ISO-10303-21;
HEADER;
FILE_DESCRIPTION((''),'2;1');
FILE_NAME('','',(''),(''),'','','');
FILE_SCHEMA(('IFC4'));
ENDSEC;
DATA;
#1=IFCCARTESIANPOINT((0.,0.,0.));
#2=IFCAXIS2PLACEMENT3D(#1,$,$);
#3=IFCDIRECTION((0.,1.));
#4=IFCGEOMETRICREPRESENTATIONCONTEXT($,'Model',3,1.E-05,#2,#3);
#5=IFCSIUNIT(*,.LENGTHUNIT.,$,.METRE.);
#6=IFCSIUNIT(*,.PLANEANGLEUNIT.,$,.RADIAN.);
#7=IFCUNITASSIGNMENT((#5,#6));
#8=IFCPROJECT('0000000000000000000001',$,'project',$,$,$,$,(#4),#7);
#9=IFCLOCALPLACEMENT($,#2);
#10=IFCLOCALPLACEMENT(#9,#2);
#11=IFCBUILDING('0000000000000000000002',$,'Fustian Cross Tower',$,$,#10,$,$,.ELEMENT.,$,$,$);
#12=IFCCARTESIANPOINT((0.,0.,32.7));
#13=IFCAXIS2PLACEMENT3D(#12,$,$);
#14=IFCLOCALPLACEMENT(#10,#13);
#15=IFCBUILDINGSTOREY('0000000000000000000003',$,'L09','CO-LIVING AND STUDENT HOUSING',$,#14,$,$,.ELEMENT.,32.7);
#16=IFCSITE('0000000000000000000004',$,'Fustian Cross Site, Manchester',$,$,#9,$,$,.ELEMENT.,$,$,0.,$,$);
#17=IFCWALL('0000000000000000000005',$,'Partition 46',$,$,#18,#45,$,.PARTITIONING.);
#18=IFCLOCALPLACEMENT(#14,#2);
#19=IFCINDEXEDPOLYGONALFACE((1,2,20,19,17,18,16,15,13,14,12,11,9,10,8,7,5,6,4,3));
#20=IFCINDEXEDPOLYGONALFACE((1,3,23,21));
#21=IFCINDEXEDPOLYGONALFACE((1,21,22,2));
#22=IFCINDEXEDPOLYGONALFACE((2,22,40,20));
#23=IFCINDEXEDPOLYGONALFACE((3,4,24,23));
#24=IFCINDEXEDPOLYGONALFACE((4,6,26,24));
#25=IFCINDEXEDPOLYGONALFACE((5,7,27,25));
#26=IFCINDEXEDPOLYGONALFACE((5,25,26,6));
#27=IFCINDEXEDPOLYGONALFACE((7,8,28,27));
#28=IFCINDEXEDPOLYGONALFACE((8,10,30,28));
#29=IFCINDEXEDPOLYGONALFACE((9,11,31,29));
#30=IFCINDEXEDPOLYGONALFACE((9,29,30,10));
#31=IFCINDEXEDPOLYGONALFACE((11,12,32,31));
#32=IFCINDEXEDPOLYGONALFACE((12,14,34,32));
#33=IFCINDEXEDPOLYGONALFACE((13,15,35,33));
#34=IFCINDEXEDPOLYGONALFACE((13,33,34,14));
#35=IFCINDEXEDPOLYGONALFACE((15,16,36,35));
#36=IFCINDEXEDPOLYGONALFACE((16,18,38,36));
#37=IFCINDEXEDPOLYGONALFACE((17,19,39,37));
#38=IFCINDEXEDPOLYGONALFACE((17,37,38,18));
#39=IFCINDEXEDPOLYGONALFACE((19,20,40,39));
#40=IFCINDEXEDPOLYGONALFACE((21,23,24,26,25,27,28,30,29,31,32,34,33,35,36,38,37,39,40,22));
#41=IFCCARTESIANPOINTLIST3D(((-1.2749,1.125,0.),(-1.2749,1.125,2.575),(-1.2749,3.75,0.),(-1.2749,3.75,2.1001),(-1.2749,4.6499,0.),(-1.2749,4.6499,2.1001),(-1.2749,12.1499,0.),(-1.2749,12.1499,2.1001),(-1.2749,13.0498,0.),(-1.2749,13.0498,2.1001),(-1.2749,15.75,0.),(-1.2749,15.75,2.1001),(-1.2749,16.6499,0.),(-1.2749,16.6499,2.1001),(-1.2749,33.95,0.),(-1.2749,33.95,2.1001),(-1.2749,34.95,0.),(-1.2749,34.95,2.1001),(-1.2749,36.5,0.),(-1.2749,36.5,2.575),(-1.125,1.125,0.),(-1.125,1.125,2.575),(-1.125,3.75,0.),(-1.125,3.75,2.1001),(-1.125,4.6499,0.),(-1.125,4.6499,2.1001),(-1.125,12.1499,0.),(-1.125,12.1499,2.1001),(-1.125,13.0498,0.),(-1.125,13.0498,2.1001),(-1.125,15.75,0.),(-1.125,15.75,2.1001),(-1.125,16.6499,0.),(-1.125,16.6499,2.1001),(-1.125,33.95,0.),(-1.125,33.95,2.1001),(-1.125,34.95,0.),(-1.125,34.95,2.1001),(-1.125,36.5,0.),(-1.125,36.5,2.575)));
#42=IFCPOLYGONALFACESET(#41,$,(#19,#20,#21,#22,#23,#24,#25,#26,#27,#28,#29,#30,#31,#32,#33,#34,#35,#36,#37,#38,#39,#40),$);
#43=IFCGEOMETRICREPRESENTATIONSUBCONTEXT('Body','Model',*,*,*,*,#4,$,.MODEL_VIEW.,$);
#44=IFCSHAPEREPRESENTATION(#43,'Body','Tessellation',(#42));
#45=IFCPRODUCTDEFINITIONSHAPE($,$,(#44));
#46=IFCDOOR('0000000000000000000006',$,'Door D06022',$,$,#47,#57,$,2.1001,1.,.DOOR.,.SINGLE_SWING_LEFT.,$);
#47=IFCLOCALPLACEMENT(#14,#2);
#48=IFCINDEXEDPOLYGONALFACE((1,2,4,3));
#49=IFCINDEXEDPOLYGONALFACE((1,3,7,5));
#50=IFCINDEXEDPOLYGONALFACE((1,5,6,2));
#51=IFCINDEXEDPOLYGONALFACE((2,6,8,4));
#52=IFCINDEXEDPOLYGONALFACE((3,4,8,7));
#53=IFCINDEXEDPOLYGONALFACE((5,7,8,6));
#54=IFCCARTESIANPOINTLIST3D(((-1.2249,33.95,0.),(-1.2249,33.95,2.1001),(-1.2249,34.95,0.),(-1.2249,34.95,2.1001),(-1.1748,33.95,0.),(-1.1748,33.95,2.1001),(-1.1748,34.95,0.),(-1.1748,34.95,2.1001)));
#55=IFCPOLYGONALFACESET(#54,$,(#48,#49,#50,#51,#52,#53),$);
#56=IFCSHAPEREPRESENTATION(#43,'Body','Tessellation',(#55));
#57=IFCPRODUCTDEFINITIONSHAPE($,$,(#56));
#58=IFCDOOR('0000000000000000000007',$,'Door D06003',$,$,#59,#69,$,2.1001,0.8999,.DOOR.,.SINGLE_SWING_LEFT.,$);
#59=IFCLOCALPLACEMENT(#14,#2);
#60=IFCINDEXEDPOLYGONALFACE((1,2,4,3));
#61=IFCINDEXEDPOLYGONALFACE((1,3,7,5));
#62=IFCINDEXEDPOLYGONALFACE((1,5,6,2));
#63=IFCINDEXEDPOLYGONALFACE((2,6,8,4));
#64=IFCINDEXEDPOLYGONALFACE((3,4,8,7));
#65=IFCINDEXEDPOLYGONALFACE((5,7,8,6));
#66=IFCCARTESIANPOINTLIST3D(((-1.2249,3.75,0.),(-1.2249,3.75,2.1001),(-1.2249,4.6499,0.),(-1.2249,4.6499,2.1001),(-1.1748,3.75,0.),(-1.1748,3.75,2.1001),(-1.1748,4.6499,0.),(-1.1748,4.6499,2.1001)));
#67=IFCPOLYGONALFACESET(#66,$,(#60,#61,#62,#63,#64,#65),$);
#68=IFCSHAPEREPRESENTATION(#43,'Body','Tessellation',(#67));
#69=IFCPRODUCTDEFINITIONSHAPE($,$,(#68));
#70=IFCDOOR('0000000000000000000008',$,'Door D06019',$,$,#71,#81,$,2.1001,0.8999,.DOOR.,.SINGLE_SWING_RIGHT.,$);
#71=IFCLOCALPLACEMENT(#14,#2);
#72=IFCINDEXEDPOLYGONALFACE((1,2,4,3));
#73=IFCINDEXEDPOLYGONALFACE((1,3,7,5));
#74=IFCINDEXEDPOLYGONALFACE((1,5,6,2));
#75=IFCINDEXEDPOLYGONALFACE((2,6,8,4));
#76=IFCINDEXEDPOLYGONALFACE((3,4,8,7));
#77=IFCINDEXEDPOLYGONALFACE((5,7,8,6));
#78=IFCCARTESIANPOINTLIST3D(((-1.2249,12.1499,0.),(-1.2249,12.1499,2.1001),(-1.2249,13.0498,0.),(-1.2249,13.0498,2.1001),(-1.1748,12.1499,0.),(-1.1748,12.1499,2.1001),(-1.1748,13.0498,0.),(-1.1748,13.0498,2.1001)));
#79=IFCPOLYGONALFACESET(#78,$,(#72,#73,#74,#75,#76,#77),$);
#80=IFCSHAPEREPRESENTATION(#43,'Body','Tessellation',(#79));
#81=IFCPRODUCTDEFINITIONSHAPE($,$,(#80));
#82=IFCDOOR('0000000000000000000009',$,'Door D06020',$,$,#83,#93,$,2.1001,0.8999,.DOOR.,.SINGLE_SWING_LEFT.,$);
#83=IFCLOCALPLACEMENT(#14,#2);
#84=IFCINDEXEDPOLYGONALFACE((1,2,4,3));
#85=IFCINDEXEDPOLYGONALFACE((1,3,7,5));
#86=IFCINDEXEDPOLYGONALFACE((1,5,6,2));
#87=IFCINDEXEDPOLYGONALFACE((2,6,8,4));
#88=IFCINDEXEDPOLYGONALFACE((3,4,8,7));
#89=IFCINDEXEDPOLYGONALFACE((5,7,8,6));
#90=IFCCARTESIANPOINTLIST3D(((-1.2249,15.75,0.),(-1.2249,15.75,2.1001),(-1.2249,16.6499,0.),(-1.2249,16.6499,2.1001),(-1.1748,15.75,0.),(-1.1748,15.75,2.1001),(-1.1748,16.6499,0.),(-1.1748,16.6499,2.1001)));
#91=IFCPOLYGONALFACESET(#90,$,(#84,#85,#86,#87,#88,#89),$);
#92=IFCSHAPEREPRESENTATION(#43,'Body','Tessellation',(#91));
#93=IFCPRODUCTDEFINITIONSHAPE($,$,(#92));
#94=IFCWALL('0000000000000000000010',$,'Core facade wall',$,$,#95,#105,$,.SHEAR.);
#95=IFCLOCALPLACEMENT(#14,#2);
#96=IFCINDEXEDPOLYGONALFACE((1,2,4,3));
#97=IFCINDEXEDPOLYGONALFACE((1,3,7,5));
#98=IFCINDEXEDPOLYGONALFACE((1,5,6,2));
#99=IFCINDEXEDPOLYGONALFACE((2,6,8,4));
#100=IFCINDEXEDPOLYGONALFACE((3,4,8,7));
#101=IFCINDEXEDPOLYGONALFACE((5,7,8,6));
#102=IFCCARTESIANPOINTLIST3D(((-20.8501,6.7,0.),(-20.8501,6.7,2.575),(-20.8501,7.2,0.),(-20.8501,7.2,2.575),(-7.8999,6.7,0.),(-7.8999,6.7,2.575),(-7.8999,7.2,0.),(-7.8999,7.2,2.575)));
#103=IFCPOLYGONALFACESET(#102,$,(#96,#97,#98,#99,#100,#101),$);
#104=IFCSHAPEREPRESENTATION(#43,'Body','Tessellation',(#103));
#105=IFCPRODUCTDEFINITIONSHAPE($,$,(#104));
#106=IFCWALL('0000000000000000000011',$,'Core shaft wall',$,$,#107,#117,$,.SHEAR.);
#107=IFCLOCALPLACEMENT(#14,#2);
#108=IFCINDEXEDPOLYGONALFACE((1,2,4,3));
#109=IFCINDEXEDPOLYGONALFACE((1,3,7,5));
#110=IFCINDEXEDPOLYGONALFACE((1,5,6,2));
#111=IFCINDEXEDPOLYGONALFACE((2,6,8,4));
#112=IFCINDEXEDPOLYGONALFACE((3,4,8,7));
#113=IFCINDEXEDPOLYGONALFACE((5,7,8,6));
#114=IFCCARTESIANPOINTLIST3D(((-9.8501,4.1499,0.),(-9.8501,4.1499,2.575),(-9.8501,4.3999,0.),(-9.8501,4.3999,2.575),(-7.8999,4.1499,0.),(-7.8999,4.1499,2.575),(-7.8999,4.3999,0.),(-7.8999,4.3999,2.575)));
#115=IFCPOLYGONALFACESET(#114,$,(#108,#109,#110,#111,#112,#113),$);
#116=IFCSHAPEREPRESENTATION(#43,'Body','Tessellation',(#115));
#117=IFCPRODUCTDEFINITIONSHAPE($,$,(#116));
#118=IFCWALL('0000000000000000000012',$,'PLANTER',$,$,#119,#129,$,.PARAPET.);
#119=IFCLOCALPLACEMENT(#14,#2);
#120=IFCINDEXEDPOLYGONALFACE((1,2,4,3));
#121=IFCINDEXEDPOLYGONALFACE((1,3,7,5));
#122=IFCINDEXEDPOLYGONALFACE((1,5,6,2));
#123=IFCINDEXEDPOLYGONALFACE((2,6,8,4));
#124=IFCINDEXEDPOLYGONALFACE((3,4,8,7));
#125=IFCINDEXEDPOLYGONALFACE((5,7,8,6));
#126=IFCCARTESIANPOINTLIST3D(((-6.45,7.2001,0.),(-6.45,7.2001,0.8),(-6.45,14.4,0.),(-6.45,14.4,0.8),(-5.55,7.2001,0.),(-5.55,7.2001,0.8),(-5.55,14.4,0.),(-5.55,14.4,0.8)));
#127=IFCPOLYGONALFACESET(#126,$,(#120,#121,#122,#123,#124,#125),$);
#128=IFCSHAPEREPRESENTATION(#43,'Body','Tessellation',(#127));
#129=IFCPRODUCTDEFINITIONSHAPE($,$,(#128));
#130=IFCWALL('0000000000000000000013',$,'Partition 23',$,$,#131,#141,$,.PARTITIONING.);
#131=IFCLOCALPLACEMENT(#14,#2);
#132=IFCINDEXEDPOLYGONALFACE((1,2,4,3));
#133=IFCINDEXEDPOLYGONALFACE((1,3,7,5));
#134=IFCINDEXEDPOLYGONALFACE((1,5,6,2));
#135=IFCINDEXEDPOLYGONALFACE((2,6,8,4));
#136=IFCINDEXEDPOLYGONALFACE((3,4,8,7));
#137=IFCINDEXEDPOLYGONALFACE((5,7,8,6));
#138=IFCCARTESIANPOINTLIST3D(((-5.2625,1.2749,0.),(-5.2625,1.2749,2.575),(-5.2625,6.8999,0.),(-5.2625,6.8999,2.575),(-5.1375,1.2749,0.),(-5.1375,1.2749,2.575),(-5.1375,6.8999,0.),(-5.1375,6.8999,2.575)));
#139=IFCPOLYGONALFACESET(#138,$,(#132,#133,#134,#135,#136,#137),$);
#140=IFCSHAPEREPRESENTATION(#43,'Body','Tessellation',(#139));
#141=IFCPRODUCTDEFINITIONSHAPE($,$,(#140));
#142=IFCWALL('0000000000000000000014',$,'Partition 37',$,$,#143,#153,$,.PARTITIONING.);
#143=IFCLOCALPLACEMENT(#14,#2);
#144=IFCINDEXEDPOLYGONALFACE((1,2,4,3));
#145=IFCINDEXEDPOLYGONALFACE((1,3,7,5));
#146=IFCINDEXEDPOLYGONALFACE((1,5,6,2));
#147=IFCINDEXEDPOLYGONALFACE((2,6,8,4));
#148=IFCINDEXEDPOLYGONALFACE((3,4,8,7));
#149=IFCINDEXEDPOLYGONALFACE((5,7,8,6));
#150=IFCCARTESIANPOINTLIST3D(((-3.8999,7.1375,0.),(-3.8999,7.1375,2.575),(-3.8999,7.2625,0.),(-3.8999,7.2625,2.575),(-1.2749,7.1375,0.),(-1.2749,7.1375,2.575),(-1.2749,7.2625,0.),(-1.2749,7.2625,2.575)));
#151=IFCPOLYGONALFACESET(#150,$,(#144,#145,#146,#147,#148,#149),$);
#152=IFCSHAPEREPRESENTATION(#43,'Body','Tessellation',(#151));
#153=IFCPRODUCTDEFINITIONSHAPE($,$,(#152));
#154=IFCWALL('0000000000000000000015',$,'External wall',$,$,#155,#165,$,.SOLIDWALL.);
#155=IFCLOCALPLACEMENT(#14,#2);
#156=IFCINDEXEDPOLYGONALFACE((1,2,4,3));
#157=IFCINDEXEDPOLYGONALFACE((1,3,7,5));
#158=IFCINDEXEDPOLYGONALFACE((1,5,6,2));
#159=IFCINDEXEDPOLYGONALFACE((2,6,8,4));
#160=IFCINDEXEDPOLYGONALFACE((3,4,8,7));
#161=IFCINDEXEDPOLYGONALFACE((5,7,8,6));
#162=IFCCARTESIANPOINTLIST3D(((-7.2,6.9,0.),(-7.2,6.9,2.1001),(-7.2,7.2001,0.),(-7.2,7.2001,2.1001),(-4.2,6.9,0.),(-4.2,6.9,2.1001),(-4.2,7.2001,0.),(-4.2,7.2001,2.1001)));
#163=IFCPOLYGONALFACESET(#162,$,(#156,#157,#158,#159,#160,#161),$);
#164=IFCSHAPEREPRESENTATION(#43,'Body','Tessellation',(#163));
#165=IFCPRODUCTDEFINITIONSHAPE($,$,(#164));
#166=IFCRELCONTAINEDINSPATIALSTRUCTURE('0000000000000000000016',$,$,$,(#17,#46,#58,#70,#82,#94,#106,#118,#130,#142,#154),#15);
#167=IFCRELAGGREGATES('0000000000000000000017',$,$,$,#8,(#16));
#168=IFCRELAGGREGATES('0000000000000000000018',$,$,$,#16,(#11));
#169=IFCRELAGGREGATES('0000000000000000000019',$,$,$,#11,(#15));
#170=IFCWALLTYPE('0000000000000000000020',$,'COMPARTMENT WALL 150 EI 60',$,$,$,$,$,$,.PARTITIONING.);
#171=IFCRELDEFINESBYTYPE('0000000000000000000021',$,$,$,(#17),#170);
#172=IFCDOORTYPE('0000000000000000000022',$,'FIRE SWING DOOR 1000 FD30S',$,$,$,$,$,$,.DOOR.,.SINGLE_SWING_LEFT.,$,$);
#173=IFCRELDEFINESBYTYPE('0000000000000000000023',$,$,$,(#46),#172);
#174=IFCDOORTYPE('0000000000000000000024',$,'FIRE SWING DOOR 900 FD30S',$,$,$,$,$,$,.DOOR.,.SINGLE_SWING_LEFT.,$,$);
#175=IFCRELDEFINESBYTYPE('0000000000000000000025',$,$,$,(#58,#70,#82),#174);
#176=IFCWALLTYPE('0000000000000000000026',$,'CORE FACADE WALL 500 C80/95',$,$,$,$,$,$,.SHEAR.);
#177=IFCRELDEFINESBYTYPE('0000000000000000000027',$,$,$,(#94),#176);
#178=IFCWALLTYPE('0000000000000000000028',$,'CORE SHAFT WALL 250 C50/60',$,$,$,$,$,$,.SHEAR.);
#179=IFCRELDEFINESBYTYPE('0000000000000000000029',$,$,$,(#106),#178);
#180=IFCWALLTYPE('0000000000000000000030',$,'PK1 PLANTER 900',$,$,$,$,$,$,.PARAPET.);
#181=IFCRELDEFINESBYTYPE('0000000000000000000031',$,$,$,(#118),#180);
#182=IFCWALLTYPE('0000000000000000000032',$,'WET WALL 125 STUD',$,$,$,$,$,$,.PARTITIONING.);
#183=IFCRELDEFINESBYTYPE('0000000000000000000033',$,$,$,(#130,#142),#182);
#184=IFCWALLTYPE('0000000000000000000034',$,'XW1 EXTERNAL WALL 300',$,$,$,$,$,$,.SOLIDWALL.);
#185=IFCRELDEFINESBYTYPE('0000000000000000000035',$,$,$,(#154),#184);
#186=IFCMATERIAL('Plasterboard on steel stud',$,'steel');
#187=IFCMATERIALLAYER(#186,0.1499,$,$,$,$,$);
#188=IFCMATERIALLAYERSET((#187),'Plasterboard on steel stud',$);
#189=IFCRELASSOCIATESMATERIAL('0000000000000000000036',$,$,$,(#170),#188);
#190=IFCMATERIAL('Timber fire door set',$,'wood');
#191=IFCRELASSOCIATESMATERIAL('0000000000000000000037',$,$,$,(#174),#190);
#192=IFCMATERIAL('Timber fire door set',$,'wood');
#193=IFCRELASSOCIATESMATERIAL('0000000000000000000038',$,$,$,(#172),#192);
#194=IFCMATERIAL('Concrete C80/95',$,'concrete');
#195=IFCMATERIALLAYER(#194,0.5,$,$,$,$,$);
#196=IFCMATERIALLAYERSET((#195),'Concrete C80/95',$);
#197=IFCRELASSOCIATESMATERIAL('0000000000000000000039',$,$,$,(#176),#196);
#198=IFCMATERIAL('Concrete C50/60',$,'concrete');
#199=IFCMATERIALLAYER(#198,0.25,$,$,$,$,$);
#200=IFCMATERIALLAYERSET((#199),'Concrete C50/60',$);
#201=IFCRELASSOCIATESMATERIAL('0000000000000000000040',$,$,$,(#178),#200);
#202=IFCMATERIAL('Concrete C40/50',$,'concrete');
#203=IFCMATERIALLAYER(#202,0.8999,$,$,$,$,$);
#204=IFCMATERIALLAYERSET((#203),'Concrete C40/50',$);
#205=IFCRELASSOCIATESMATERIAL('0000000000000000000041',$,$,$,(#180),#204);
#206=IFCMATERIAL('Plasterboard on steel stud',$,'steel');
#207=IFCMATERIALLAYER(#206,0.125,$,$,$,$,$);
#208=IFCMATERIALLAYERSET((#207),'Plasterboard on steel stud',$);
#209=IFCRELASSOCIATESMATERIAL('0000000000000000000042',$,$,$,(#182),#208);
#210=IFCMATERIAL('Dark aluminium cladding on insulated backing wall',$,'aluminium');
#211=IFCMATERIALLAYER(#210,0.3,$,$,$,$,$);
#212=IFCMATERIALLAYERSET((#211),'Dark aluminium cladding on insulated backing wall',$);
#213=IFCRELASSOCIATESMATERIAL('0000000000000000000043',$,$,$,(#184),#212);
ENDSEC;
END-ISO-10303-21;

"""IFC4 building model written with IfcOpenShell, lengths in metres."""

from ifc_helpers import new_model, si_unit, direction, frame, frame_2d, origin, place, context, subcontext, project, spatial, rectangle, extrude, material, layer, layer_set, type_object, element, fill, save


model = new_model("IFC4")

# Units and contexts
model_context = context("Model", 3, precision=1e-05, world=origin(), true_north=direction((0.0, 1.0)))
body_context = subcontext(model_context, "Body", "Model", "MODEL_VIEW")
ifc_project = project(units=[si_unit("LENGTHUNIT", "METRE"), si_unit("PLANEANGLEUNIT", "RADIAN")], contexts=[model_context])

# Site, building, storey
site_placement = place(None, origin())
site = spatial("IfcSite", under=ifc_project, at=site_placement, Name="Fustian Cross Site, Manchester", CompositionType="ELEMENT", RefElevation=0.0)
building_placement = place(site_placement, origin())
building = spatial("IfcBuilding", under=site, at=building_placement, Name="Fustian Cross Tower", CompositionType="ELEMENT")
storey_placement = place(building_placement, frame((0.0, 0.0, 32.7)))
storey = spatial("IfcBuildingStorey", under=building, at=storey_placement, Name="L09", Description="CO-LIVING AND STUDENT HOUSING", CompositionType="ELEMENT", Elevation=32.7)

# Shared definitions
ifc_material_1 = material(Name="Plasterboard on steel stud", Category="steel")
ifc_layer_1 = layer(ifc_material_1, 0.1499)
ifc_layer_set_1 = layer_set([ifc_layer_1], Name="Plasterboard on steel stud")
wall_type_1 = type_object("IfcWallType", Name="COMPARTMENT WALL 150 EI 60", PredefinedType="PARTITIONING", material=ifc_layer_set_1)
ifc_material_2 = material(Name="Timber fire door set", Category="wood")
door_type_1 = type_object("IfcDoorType", Name="FIRE SWING DOOR 900 FD30S", OperationType="SINGLE_SWING_LEFT", PredefinedType="DOOR", material=ifc_material_2)

# Wall, openings, doors
wall_1_placement = place(storey_placement, frame((-1.2, 1.125, 0.0), z_axis=(0.0, 0.0, 1.0), x_axis=(0.0, 1.0, 0.0)))
wall_1 = element("IfcWall", 1, at=wall_1_placement, inside=storey, type_object=wall_type_1, Name="Partition 46", PredefinedType="PARTITIONING", context=body_context, shape_type="SweptSolid", body=[
    extrude(rectangle(XDim=35.375, YDim=0.1499, at=frame_2d((17.6875, 0.0))), origin(), (0.0, 0.0, 1.0), 2.575),
])
opening_1_placement = place(wall_1_placement, frame((2.625, 0.0, 0.0)))
opening_1 = element("IfcOpeningElement", 2, at=opening_1_placement, cuts=wall_1, PredefinedType="OPENING", context=body_context, shape_type="SweptSolid", body=[
    extrude(rectangle(XDim=0.8999, YDim=2.1001, at=frame_2d((0.45, 1.05))), frame((0.0, 0.085, 0.0), z_axis=(0.0, -1.0, 0.0), x_axis=(1.0, 0.0, 0.0)), (0.0, 0.0, 1.0), 0.1699),
])
opening_2_placement = place(wall_1_placement, frame((11.0249, 0.0, 0.0)))
opening_2 = element("IfcOpeningElement", 3, at=opening_2_placement, cuts=wall_1, PredefinedType="OPENING", context=body_context, shape_type="SweptSolid", body=[
    extrude(rectangle(XDim=0.8999, YDim=2.1001, at=frame_2d((0.45, 1.05))), frame((0.0, 0.085, 0.0), z_axis=(0.0, -1.0, 0.0), x_axis=(1.0, 0.0, 0.0)), (0.0, 0.0, 1.0), 0.1699),
])
opening_3_placement = place(wall_1_placement, frame((14.625, 0.0, 0.0)))
opening_3 = element("IfcOpeningElement", 4, at=opening_3_placement, cuts=wall_1, PredefinedType="OPENING", context=body_context, shape_type="SweptSolid", body=[
    extrude(rectangle(XDim=0.8999, YDim=2.1001, at=frame_2d((0.45, 1.05))), frame((0.0, 0.085, 0.0), z_axis=(0.0, -1.0, 0.0), x_axis=(1.0, 0.0, 0.0)), (0.0, 0.0, 1.0), 0.1699),
])
opening_4_placement = place(wall_1_placement, frame((32.825, 0.0, 0.0)))
opening_4 = element("IfcOpeningElement", 5, at=opening_4_placement, cuts=wall_1, PredefinedType="OPENING", context=body_context, shape_type="SweptSolid", body=[
    extrude(rectangle(XDim=1.0, YDim=2.1001, at=frame_2d((0.5, 1.05))), frame((0.0, 0.085, 0.0), z_axis=(0.0, -1.0, 0.0), x_axis=(1.0, 0.0, 0.0)), (0.0, 0.0, 1.0), 0.1699),
])
ifc_material_3 = material(Name="Timber fire door set", Category="wood")
door_type_2 = type_object("IfcDoorType", Name="FIRE SWING DOOR 1000 FD30S", OperationType="SINGLE_SWING_LEFT", PredefinedType="DOOR", material=ifc_material_3)
door_1_placement = place(opening_4_placement, origin())
door_1 = element("IfcDoor", 6, at=door_1_placement, inside=storey, type_object=door_type_2, Name="Door D06022", OperationType="SINGLE_SWING_LEFT", OverallHeight=2.1001, OverallWidth=1.0, PredefinedType="DOOR", context=body_context, shape_type="SweptSolid", body=[
    extrude(rectangle(XDim=1.0, YDim=2.1001, at=frame_2d((0.5, 1.05))), frame((0.0, 0.0249, 0.0), z_axis=(0.0, -1.0, 0.0), x_axis=(1.0, 0.0, 0.0)), (0.0, 0.0, 1.0), 0.05),
])
fill(opening_4, door_1)
door_2_placement = place(opening_1_placement, origin())
door_2 = element("IfcDoor", 7, at=door_2_placement, inside=storey, type_object=door_type_1, Name="Door D06003", OperationType="SINGLE_SWING_LEFT", OverallHeight=2.1001, OverallWidth=0.8999, PredefinedType="DOOR", context=body_context, shape_type="SweptSolid", body=[
    extrude(rectangle(XDim=0.8999, YDim=2.1001, at=frame_2d((0.45, 1.05))), frame((0.0, 0.0249, 0.0), z_axis=(0.0, -1.0, 0.0), x_axis=(1.0, 0.0, 0.0)), (0.0, 0.0, 1.0), 0.05),
])
fill(opening_1, door_2)
door_3_placement = place(opening_2_placement, origin())
door_3 = element("IfcDoor", 8, at=door_3_placement, inside=storey, type_object=door_type_1, Name="Door D06019", OperationType="SINGLE_SWING_RIGHT", OverallHeight=2.1001, OverallWidth=0.8999, PredefinedType="DOOR", context=body_context, shape_type="SweptSolid", body=[
    extrude(rectangle(XDim=0.8999, YDim=2.1001, at=frame_2d((0.45, 1.05))), frame((0.0, 0.0249, 0.0), z_axis=(0.0, -1.0, 0.0), x_axis=(1.0, 0.0, 0.0)), (0.0, 0.0, 1.0), 0.05),
])
fill(opening_2, door_3)
door_4_placement = place(opening_3_placement, origin())
door_4 = element("IfcDoor", 9, at=door_4_placement, inside=storey, type_object=door_type_1, Name="Door D06020", OperationType="SINGLE_SWING_LEFT", OverallHeight=2.1001, OverallWidth=0.8999, PredefinedType="DOOR", context=body_context, shape_type="SweptSolid", body=[
    extrude(rectangle(XDim=0.8999, YDim=2.1001, at=frame_2d((0.45, 1.05))), frame((0.0, 0.0249, 0.0), z_axis=(0.0, -1.0, 0.0), x_axis=(1.0, 0.0, 0.0)), (0.0, 0.0, 1.0), 0.05),
])
fill(opening_3, door_4)

# Walls
ifc_material_4 = material(Name="Concrete C80/95", Category="concrete")
ifc_layer_2 = layer(ifc_material_4, 0.5)
ifc_layer_set_2 = layer_set([ifc_layer_2], Name="Concrete C80/95")
wall_type_2 = type_object("IfcWallType", Name="CORE FACADE WALL 500 C80/95", PredefinedType="SHEAR", material=ifc_layer_set_2)
wall_2_placement = place(storey_placement, frame((-7.8999, 6.95, 0.0), z_axis=(0.0, 0.0, 1.0), x_axis=(-1.0, 0.0, 0.0)))
element("IfcWall", 10, at=wall_2_placement, inside=storey, type_object=wall_type_2, Name="Core facade wall", PredefinedType="SHEAR", context=body_context, shape_type="SweptSolid", body=[
    extrude(rectangle(XDim=12.9502, YDim=0.5, at=frame_2d((6.4751, 0.0))), origin(), (0.0, 0.0, 1.0), 2.575),
])
ifc_material_5 = material(Name="Concrete C50/60", Category="concrete")
ifc_layer_3 = layer(ifc_material_5, 0.25)
ifc_layer_set_3 = layer_set([ifc_layer_3], Name="Concrete C50/60")
wall_type_3 = type_object("IfcWallType", Name="CORE SHAFT WALL 250 C50/60", PredefinedType="SHEAR", material=ifc_layer_set_3)
wall_3_placement = place(storey_placement, frame((-7.8999, 4.2749, 0.0), z_axis=(0.0, 0.0, 1.0), x_axis=(-1.0, 0.0, 0.0)))
element("IfcWall", 11, at=wall_3_placement, inside=storey, type_object=wall_type_3, Name="Core shaft wall", PredefinedType="SHEAR", context=body_context, shape_type="SweptSolid", body=[
    extrude(rectangle(XDim=1.9502, YDim=0.25, at=frame_2d((0.9751, 0.0))), origin(), (0.0, 0.0, 1.0), 2.575),
])
ifc_material_6 = material(Name="Concrete C40/50", Category="concrete")
ifc_layer_4 = layer(ifc_material_6, 0.8999)
ifc_layer_set_4 = layer_set([ifc_layer_4], Name="Concrete C40/50")
wall_type_4 = type_object("IfcWallType", Name="PK1 PLANTER 900", PredefinedType="PARAPET", material=ifc_layer_set_4)
wall_4_placement = place(storey_placement, frame((-6.0, 7.2, 0.0), z_axis=(0.0, 0.0, 1.0), x_axis=(0.0, 1.0, 0.0)))
element("IfcWall", 12, at=wall_4_placement, inside=storey, type_object=wall_type_4, Name="PLANTER", PredefinedType="PARAPET", context=body_context, shape_type="SweptSolid", body=[
    extrude(rectangle(XDim=7.2, YDim=0.8999, at=frame_2d((3.6001, 0.0))), origin(), (0.0, 0.0, 1.0), 0.8),
])
ifc_material_7 = material(Name="Plasterboard on steel stud", Category="steel")
ifc_layer_5 = layer(ifc_material_7, 0.125)
ifc_layer_set_5 = layer_set([ifc_layer_5], Name="Plasterboard on steel stud")
wall_type_5 = type_object("IfcWallType", Name="WET WALL 125 STUD", PredefinedType="PARTITIONING", material=ifc_layer_set_5)
wall_5_placement = place(storey_placement, frame((-5.2, 1.2749, 0.0), z_axis=(0.0, 0.0, 1.0), x_axis=(0.0, 1.0, 0.0)))
element("IfcWall", 13, at=wall_5_placement, inside=storey, type_object=wall_type_5, Name="Partition 23", PredefinedType="PARTITIONING", context=body_context, shape_type="SweptSolid", body=[
    extrude(rectangle(XDim=5.625, YDim=0.125, at=frame_2d((2.8125, 0.0))), origin(), (0.0, 0.0, 1.0), 2.575),
])
wall_6_placement = place(storey_placement, frame((-3.8999, 7.2, 0.0), z_axis=(0.0, 0.0, 1.0), x_axis=(1.0, 0.0, 0.0)))
element("IfcWall", 14, at=wall_6_placement, inside=storey, type_object=wall_type_5, Name="Partition 37", PredefinedType="PARTITIONING", context=body_context, shape_type="SweptSolid", body=[
    extrude(rectangle(XDim=2.625, YDim=0.125, at=frame_2d((1.3125, 0.0))), origin(), (0.0, 0.0, 1.0), 2.575),
])
ifc_material_8 = material(Name="Dark aluminium cladding on insulated backing wall", Category="aluminium")
ifc_layer_6 = layer(ifc_material_8, 0.3)
ifc_layer_set_6 = layer_set([ifc_layer_6], Name="Dark aluminium cladding on insulated backing wall")
wall_type_6 = type_object("IfcWallType", Name="XW1 EXTERNAL WALL 300", PredefinedType="SOLIDWALL", material=ifc_layer_set_6)
wall_7_placement = place(storey_placement, frame((-4.2, 7.05, 0.0), z_axis=(0.0, 0.0, 1.0), x_axis=(-1.0, 0.0, 0.0)))
element("IfcWall", 15, at=wall_7_placement, inside=storey, type_object=wall_type_6, Name="External wall", PredefinedType="SOLIDWALL", context=body_context, shape_type="SweptSolid", body=[
    extrude(rectangle(XDim=3.0, YDim=0.3, at=frame_2d((1.5, 0.0))), origin(), (0.0, 0.0, 1.0), 2.1001),
])

save(model, "model.ifc")
